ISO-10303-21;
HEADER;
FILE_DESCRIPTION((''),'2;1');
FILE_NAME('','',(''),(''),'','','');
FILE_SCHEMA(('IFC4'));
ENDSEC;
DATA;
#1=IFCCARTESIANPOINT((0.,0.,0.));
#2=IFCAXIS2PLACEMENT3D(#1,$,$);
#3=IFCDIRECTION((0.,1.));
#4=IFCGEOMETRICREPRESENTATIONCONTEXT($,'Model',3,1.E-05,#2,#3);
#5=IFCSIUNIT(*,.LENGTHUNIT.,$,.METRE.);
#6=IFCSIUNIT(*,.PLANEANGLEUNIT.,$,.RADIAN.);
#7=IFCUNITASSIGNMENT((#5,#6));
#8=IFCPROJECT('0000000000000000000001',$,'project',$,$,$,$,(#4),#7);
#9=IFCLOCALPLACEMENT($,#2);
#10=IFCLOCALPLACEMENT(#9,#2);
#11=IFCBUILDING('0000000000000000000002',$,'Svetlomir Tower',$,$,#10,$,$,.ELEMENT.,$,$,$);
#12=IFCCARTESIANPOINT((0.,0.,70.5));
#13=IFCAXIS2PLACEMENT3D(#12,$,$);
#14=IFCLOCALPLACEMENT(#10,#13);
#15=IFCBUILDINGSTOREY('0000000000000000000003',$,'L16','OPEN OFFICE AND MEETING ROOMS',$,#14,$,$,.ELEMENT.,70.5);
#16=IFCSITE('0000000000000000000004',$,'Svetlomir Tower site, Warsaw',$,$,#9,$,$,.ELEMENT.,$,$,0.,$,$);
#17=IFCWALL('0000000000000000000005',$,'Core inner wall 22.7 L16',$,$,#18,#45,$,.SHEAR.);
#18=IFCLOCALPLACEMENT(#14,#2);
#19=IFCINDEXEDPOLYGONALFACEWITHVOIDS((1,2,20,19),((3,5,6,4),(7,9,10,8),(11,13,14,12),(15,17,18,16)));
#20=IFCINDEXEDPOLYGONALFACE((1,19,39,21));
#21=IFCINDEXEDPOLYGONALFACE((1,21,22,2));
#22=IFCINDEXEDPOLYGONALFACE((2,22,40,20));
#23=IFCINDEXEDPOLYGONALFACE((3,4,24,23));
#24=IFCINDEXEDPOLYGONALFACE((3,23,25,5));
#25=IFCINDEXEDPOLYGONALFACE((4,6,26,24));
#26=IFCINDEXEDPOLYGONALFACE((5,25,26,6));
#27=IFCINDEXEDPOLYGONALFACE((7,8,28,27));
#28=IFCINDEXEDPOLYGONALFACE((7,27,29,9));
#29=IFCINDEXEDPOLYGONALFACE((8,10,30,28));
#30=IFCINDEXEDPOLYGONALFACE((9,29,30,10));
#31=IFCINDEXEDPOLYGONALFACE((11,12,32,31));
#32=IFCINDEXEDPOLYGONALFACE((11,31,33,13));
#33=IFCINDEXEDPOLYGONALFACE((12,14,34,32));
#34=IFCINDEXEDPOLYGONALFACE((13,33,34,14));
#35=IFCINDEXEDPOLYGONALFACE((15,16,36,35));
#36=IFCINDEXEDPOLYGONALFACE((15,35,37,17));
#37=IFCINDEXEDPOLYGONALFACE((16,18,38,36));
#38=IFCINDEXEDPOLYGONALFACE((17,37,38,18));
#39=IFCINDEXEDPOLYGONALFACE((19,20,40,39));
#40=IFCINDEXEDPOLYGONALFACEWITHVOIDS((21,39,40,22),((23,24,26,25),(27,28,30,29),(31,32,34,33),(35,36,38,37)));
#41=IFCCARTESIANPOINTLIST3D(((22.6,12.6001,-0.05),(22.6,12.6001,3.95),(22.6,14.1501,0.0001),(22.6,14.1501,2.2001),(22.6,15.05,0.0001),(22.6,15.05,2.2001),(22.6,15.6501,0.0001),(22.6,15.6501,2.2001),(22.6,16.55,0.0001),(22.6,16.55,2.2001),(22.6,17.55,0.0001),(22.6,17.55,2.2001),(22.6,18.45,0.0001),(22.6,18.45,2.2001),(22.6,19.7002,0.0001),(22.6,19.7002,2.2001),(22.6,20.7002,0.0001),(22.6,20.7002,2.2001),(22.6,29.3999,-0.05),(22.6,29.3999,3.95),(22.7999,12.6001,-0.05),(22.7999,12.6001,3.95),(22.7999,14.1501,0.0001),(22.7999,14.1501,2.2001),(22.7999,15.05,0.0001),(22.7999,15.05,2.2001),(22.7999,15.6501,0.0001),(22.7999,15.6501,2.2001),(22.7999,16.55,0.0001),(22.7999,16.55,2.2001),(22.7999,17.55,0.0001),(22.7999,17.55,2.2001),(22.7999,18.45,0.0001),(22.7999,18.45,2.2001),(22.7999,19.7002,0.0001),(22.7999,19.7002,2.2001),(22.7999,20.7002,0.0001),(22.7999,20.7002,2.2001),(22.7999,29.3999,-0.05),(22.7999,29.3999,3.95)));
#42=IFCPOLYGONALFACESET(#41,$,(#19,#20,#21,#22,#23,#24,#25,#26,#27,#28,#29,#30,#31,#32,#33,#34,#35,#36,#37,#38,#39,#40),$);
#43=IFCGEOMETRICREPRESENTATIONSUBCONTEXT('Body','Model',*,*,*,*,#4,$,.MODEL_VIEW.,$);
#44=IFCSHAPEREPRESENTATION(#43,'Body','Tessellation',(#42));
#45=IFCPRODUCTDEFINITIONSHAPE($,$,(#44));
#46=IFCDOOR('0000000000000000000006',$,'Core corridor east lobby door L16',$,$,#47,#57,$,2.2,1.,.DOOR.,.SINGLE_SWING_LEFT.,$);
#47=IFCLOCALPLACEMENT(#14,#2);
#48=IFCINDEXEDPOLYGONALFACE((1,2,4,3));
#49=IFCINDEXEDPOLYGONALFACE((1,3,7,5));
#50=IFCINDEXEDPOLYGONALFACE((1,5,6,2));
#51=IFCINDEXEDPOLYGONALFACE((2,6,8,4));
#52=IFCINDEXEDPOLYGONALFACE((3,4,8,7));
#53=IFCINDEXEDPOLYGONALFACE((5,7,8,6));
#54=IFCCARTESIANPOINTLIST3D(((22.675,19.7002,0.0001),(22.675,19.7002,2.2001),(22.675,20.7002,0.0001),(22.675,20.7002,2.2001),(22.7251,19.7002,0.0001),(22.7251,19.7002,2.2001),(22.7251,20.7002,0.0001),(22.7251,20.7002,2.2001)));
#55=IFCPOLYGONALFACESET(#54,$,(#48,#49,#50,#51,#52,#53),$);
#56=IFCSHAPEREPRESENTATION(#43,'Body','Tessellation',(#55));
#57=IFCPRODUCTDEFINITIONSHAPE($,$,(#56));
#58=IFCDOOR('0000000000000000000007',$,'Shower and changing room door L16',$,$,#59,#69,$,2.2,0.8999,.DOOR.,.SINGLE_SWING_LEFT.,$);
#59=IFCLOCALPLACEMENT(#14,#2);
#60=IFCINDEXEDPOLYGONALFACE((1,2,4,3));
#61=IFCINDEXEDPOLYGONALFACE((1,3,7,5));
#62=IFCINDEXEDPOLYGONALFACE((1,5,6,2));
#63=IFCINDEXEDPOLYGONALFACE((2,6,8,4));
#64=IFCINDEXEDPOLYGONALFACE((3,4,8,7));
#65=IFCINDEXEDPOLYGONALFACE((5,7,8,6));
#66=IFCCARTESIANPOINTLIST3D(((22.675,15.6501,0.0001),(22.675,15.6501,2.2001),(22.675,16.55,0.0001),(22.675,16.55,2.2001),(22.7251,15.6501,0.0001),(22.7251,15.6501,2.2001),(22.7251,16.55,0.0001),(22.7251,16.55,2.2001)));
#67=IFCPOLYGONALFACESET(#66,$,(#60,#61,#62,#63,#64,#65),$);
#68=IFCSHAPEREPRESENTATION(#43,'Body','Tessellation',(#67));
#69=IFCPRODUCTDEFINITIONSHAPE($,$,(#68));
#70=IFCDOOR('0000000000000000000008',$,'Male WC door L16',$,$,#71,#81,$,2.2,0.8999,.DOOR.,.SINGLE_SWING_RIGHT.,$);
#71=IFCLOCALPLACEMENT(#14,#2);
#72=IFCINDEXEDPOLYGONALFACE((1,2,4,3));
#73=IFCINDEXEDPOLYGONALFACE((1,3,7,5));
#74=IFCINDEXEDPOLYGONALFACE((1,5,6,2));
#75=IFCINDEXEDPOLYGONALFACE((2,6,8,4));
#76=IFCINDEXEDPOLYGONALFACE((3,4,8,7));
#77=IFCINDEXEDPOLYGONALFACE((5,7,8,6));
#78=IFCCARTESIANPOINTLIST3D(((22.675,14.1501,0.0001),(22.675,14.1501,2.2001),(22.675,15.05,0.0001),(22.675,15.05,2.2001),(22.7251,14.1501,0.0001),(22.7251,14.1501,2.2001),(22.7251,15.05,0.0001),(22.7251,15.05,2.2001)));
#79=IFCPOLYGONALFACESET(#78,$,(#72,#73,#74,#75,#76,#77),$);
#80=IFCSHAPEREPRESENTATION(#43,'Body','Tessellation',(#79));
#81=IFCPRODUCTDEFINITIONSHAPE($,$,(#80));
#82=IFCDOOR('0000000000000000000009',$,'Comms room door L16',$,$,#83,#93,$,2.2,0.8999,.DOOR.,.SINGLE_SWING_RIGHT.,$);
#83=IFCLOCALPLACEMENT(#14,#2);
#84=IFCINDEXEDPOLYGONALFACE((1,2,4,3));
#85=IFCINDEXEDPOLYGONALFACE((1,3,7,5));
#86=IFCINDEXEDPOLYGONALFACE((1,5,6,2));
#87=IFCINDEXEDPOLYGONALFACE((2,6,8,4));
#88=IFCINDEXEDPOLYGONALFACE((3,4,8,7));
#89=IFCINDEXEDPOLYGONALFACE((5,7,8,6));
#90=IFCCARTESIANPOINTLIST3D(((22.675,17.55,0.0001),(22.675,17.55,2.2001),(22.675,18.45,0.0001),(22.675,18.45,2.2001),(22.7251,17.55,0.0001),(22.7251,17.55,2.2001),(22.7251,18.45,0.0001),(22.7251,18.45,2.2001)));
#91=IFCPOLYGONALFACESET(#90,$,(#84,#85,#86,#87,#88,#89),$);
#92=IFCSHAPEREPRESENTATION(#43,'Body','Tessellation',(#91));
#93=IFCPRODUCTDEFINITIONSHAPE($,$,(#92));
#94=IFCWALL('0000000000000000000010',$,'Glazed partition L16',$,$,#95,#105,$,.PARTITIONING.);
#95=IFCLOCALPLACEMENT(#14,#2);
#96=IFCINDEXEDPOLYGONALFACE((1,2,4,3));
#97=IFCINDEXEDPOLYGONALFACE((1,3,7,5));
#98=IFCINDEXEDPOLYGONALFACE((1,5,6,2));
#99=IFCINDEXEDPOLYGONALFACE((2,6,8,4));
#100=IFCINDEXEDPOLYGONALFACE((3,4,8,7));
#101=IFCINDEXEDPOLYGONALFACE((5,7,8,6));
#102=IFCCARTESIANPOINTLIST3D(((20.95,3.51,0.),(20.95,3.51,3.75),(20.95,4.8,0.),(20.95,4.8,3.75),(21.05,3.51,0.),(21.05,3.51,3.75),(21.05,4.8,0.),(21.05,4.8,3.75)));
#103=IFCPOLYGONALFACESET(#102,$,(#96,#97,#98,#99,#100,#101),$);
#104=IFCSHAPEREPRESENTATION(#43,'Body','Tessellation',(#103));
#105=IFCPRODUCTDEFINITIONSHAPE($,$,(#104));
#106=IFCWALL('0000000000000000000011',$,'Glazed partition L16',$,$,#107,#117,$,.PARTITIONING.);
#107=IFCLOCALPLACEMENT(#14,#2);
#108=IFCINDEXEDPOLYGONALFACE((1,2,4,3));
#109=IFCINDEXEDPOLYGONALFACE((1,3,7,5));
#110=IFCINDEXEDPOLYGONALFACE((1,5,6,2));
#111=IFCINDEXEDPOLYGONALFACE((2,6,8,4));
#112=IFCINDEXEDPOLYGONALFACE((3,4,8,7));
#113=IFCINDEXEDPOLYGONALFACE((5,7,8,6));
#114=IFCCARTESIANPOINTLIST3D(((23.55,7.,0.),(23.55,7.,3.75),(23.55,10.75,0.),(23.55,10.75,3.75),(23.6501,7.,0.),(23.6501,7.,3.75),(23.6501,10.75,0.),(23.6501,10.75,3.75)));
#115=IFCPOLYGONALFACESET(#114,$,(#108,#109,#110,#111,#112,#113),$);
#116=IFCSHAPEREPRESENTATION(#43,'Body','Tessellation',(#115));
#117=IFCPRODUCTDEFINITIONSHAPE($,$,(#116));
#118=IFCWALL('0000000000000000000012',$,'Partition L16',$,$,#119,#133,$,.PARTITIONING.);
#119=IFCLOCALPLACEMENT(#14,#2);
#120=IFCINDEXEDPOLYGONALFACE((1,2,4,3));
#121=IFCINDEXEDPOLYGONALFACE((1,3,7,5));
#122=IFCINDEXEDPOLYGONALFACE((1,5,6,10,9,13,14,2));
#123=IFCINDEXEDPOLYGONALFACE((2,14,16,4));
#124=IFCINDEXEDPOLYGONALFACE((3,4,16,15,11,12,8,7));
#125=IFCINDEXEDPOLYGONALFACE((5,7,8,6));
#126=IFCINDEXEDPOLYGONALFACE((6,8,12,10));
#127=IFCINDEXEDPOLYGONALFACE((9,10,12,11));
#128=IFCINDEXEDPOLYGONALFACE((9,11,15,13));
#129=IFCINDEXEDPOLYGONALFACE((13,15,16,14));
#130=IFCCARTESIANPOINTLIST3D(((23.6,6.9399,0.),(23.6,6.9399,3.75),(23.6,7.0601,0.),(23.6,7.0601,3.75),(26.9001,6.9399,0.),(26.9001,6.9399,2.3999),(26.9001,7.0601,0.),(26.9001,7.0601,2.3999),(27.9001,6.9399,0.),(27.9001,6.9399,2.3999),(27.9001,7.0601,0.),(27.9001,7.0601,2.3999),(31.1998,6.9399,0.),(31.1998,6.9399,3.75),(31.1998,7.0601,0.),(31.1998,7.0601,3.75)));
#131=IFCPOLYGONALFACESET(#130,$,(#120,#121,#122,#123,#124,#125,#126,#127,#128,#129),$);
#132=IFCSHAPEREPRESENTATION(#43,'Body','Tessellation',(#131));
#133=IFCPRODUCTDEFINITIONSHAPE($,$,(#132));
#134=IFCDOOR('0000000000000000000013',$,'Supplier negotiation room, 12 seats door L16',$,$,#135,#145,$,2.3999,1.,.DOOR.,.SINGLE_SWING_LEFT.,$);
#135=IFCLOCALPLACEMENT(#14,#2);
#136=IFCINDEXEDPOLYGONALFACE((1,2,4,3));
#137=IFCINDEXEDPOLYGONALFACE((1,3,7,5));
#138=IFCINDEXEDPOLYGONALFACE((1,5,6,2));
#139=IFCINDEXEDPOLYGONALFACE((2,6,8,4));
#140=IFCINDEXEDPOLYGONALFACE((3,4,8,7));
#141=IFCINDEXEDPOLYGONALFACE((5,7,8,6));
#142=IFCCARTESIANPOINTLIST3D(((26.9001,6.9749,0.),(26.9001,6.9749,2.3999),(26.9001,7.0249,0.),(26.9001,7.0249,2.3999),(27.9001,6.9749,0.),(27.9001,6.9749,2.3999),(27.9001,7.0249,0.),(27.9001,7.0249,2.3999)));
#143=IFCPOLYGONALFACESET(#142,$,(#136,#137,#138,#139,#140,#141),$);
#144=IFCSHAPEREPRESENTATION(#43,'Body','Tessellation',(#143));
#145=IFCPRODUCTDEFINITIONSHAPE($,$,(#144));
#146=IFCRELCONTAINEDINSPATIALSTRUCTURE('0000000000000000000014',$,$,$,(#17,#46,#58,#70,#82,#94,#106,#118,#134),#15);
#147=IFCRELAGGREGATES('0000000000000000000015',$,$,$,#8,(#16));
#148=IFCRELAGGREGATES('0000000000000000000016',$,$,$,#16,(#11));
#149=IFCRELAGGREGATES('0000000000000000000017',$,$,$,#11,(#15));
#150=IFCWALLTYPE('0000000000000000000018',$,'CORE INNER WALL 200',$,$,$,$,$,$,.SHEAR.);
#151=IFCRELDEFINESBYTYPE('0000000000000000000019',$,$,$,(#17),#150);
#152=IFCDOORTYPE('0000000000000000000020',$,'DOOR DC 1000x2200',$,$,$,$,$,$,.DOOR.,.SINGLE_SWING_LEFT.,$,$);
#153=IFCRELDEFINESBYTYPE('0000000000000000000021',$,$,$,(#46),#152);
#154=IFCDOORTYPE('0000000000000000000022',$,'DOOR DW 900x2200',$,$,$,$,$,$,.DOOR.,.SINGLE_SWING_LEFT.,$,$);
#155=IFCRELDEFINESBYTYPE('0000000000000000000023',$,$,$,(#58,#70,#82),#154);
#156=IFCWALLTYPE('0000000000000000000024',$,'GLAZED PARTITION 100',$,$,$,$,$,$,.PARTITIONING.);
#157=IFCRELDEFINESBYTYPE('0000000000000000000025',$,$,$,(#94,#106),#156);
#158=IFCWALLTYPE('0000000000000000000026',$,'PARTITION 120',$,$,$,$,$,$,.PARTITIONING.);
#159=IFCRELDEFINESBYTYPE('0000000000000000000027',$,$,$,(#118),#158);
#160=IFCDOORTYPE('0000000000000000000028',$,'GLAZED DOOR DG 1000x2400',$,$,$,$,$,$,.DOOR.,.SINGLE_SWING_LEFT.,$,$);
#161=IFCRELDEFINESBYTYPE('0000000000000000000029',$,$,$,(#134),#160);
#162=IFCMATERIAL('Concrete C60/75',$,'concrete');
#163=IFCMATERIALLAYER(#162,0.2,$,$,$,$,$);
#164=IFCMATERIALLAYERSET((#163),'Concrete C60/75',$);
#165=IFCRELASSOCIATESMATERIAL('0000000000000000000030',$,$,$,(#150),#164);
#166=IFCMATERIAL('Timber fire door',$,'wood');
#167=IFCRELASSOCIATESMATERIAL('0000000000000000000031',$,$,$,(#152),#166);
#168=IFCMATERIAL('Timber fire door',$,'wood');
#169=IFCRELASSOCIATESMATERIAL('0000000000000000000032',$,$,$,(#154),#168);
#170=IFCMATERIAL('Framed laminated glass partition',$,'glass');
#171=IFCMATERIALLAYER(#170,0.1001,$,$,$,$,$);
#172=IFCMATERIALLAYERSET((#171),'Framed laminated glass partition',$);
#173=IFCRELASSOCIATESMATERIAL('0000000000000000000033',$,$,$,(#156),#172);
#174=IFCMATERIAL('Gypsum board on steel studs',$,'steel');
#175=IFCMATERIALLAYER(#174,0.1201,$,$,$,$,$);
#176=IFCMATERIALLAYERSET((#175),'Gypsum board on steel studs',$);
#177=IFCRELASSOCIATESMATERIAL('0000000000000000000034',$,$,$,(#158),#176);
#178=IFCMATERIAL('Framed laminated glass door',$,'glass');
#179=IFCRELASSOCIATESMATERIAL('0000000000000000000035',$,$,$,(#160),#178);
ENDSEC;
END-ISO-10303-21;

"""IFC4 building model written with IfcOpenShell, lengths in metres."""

from ifc_helpers import new_model, si_unit, direction, frame, frame_2d, origin, place, context, subcontext, project, spatial, rectangle, extrude, material, layer, layer_set, type_object, element, fill, save


model = new_model("IFC4")

# Units and contexts
model_context = context("Model", 3, precision=1e-05, world=origin(), true_north=direction((0.0, 1.0)))
body_context = subcontext(model_context, "Body", "Model", "MODEL_VIEW")
ifc_project = project(units=[si_unit("LENGTHUNIT", "METRE"), si_unit("PLANEANGLEUNIT", "RADIAN")], contexts=[model_context])

# Site, building, storey
site_placement = place(None, origin())
site = spatial("IfcSite", under=ifc_project, at=site_placement, Name="Svetlomir Tower site, Warsaw", CompositionType="ELEMENT", RefElevation=0.0)
building_placement = place(site_placement, origin())
building = spatial("IfcBuilding", under=site, at=building_placement, Name="Svetlomir Tower", CompositionType="ELEMENT")
storey_placement = place(building_placement, frame((0.0, 0.0, 70.5)))
storey = spatial("IfcBuildingStorey", under=building, at=storey_placement, Name="L16", Description="OPEN OFFICE AND MEETING ROOMS", CompositionType="ELEMENT", Elevation=70.5)

# Wall, openings, doors
ifc_material_1 = material(Name="Concrete C60/75", Category="concrete")
ifc_layer_1 = layer(ifc_material_1, 0.2)
ifc_layer_set_1 = layer_set([ifc_layer_1], Name="Concrete C60/75")
wall_type_1 = type_object("IfcWallType", Name="CORE INNER WALL 200", PredefinedType="SHEAR", material=ifc_layer_set_1)
ifc_material_2 = material(Name="Timber fire door", Category="wood")
door_type_1 = type_object("IfcDoorType", Name="DOOR DC 1000x2200", OperationType="SINGLE_SWING_LEFT", PredefinedType="DOOR", material=ifc_material_2)
ifc_material_3 = material(Name="Timber fire door", Category="wood")
door_type_2 = type_object("IfcDoorType", Name="DOOR DW 900x2200", OperationType="SINGLE_SWING_LEFT", PredefinedType="DOOR", material=ifc_material_3)
wall_1_placement = place(storey_placement, frame((22.7, 12.6001, -0.05), z_axis=(0.0, 0.0, 1.0), x_axis=(0.0, 1.0, 0.0)))
wall_1 = element("IfcWall", 1, at=wall_1_placement, inside=storey, type_object=wall_type_1, Name="Core inner wall 22.7 L16", PredefinedType="SHEAR", context=body_context, shape_type="SweptSolid", body=[
    extrude(rectangle(XDim=16.7998, YDim=0.2, at=frame_2d((8.3999, 0.0))), origin(), (0.0, 0.0, 1.0), 4.0),
])
opening_1_placement = place(wall_1_placement, frame((3.05, 0.0, 0.05)))
opening_1 = element("IfcOpeningElement", 2, at=opening_1_placement, cuts=wall_1, PredefinedType="OPENING", context=body_context, shape_type="SweptSolid", body=[
    extrude(rectangle(XDim=0.8999, YDim=2.2, at=frame_2d((0.45, 1.1001))), frame((0.0, 0.1099, 0.0), z_axis=(0.0, -1.0, 0.0), x_axis=(1.0, 0.0, 0.0)), (0.0, 0.0, 1.0), 0.22),
])
opening_2_placement = place(wall_1_placement, frame((7.1001, 0.0, 0.05)))
opening_2 = element("IfcOpeningElement", 3, at=opening_2_placement, cuts=wall_1, PredefinedType="OPENING", context=body_context, shape_type="SweptSolid", body=[
    extrude(rectangle(XDim=1.0, YDim=2.2, at=frame_2d((0.5, 1.1001))), frame((0.0, 0.1099, 0.0), z_axis=(0.0, -1.0, 0.0), x_axis=(1.0, 0.0, 0.0)), (0.0, 0.0, 1.0), 0.22),
])
opening_3_placement = place(wall_1_placement, frame((1.55, 0.0, 0.05)))
opening_3 = element("IfcOpeningElement", 4, at=opening_3_placement, cuts=wall_1, PredefinedType="OPENING", context=body_context, shape_type="SweptSolid", body=[
    extrude(rectangle(XDim=0.8999, YDim=2.2, at=frame_2d((0.45, 1.1001))), frame((0.0, 0.1099, 0.0), z_axis=(0.0, -1.0, 0.0), x_axis=(1.0, 0.0, 0.0)), (0.0, 0.0, 1.0), 0.22),
])
opening_4_placement = place(wall_1_placement, frame((4.95, 0.0, 0.05)))
opening_4 = element("IfcOpeningElement", 5, at=opening_4_placement, cuts=wall_1, PredefinedType="OPENING", context=body_context, shape_type="SweptSolid", body=[
    extrude(rectangle(XDim=0.8999, YDim=2.2, at=frame_2d((0.45, 1.1001))), frame((0.0, 0.1099, 0.0), z_axis=(0.0, -1.0, 0.0), x_axis=(1.0, 0.0, 0.0)), (0.0, 0.0, 1.0), 0.22),
])
door_1_placement = place(opening_2_placement, origin())
door_1 = element("IfcDoor", 6, at=door_1_placement, inside=storey, type_object=door_type_1, Name="Core corridor east lobby door L16", OperationType="SINGLE_SWING_LEFT", OverallHeight=2.2, OverallWidth=1.0, PredefinedType="DOOR", context=body_context, shape_type="SweptSolid", body=[
    extrude(rectangle(XDim=1.0, YDim=2.2, at=frame_2d((0.5, 1.1001))), frame((0.0, 0.0249, 0.0), z_axis=(0.0, -1.0, 0.0), x_axis=(1.0, 0.0, 0.0)), (0.0, 0.0, 1.0), 0.05),
])
fill(opening_2, door_1)
door_2_placement = place(opening_1_placement, origin())
door_2 = element("IfcDoor", 7, at=door_2_placement, inside=storey, type_object=door_type_2, Name="Shower and changing room door L16", OperationType="SINGLE_SWING_LEFT", OverallHeight=2.2, OverallWidth=0.8999, PredefinedType="DOOR", context=body_context, shape_type="SweptSolid", body=[
    extrude(rectangle(XDim=0.8999, YDim=2.2, at=frame_2d((0.45, 1.1001))), frame((0.0, 0.0249, 0.0), z_axis=(0.0, -1.0, 0.0), x_axis=(1.0, 0.0, 0.0)), (0.0, 0.0, 1.0), 0.05),
])
fill(opening_1, door_2)
door_3_placement = place(opening_3_placement, origin())
door_3 = element("IfcDoor", 8, at=door_3_placement, inside=storey, type_object=door_type_2, Name="Male WC door L16", OperationType="SINGLE_SWING_RIGHT", OverallHeight=2.2, OverallWidth=0.8999, PredefinedType="DOOR", context=body_context, shape_type="SweptSolid", body=[
    extrude(rectangle(XDim=0.8999, YDim=2.2, at=frame_2d((0.45, 1.1001))), frame((0.0, 0.0249, 0.0), z_axis=(0.0, -1.0, 0.0), x_axis=(1.0, 0.0, 0.0)), (0.0, 0.0, 1.0), 0.05),
])
fill(opening_3, door_3)
door_4_placement = place(opening_4_placement, origin())
door_4 = element("IfcDoor", 9, at=door_4_placement, inside=storey, type_object=door_type_2, Name="Comms room door L16", OperationType="SINGLE_SWING_RIGHT", OverallHeight=2.2, OverallWidth=0.8999, PredefinedType="DOOR", context=body_context, shape_type="SweptSolid", body=[
    extrude(rectangle(XDim=0.8999, YDim=2.2, at=frame_2d((0.45, 1.1001))), frame((0.0, 0.0249, 0.0), z_axis=(0.0, -1.0, 0.0), x_axis=(1.0, 0.0, 0.0)), (0.0, 0.0, 1.0), 0.05),
])
fill(opening_4, door_4)

# Walls
ifc_material_4 = material(Name="Framed laminated glass partition", Category="glass")
ifc_layer_2 = layer(ifc_material_4, 0.1001)
ifc_layer_set_2 = layer_set([ifc_layer_2], Name="Framed laminated glass partition")
wall_type_2 = type_object("IfcWallType", Name="GLAZED PARTITION 100", PredefinedType="PARTITIONING", material=ifc_layer_set_2)
wall_2_placement = place(storey_placement, frame((21.0, 3.51, 0.0), z_axis=(0.0, 0.0, 1.0), x_axis=(0.0, 1.0, 0.0)))
element("IfcWall", 10, at=wall_2_placement, inside=storey, type_object=wall_type_2, Name="Glazed partition L16", PredefinedType="PARTITIONING", context=body_context, shape_type="SweptSolid", body=[
    extrude(rectangle(XDim=1.29, YDim=0.1001, at=frame_2d((0.645, 0.0))), origin(), (0.0, 0.0, 1.0), 3.75),
])
wall_3_placement = place(storey_placement, frame((23.6001, 7.0, 0.0), z_axis=(0.0, 0.0, 1.0), x_axis=(0.0, 1.0, 0.0)))
element("IfcWall", 11, at=wall_3_placement, inside=storey, type_object=wall_type_2, Name="Glazed partition L16", PredefinedType="PARTITIONING", context=body_context, shape_type="SweptSolid", body=[
    extrude(rectangle(XDim=3.75, YDim=0.1001, at=frame_2d((1.875, 0.0))), origin(), (0.0, 0.0, 1.0), 3.75),
])

# Wall, opening, door
ifc_material_5 = material(Name="Gypsum board on steel studs", Category="steel")
ifc_layer_3 = layer(ifc_material_5, 0.1201)
ifc_layer_set_3 = layer_set([ifc_layer_3], Name="Gypsum board on steel studs")
wall_type_3 = type_object("IfcWallType", Name="PARTITION 120", PredefinedType="PARTITIONING", material=ifc_layer_set_3)
wall_4_placement = place(storey_placement, frame((23.6001, 7.0, 0.0), z_axis=(0.0, 0.0, 1.0), x_axis=(1.0, 0.0, 0.0)))
wall_4 = element("IfcWall", 12, at=wall_4_placement, inside=storey, type_object=wall_type_3, Name="Partition L16", PredefinedType="PARTITIONING", context=body_context, shape_type="SweptSolid", body=[
    extrude(rectangle(XDim=7.5999, YDim=0.1201, at=frame_2d((3.7998, 0.0))), origin(), (0.0, 0.0, 1.0), 3.75),
])
opening_5_placement = place(wall_4_placement, frame((3.3, 0.0, 0.0)))
opening_5 = element("IfcOpeningElement", 13, at=opening_5_placement, cuts=wall_4, PredefinedType="OPENING", context=body_context, shape_type="SweptSolid", body=[
    extrude(rectangle(XDim=1.0, YDim=2.3999, at=frame_2d((0.5, 1.2))), frame((0.0, 0.0701, 0.0), z_axis=(0.0, -1.0, 0.0), x_axis=(1.0, 0.0, 0.0)), (0.0, 0.0, 1.0), 0.1401),
])
ifc_material_6 = material(Name="Framed laminated glass door", Category="glass")
door_type_3 = type_object("IfcDoorType", Name="GLAZED DOOR DG 1000x2400", OperationType="SINGLE_SWING_LEFT", PredefinedType="DOOR", material=ifc_material_6)
door_5_placement = place(opening_5_placement, origin())
door_5 = element("IfcDoor", 14, at=door_5_placement, inside=storey, type_object=door_type_3, Name="Supplier negotiation room, 12 seats door L16", OperationType="SINGLE_SWING_LEFT", OverallHeight=2.3999, OverallWidth=1.0, PredefinedType="DOOR", context=body_context, shape_type="SweptSolid", body=[
    extrude(rectangle(XDim=1.0, YDim=2.3999, at=frame_2d((0.5, 1.2))), frame((0.0, 0.0249, 0.0), z_axis=(0.0, -1.0, 0.0), x_axis=(1.0, 0.0, 0.0)), (0.0, 0.0, 1.0), 0.05),
])
fill(opening_5, door_5)

save(model, "model.ifc")
